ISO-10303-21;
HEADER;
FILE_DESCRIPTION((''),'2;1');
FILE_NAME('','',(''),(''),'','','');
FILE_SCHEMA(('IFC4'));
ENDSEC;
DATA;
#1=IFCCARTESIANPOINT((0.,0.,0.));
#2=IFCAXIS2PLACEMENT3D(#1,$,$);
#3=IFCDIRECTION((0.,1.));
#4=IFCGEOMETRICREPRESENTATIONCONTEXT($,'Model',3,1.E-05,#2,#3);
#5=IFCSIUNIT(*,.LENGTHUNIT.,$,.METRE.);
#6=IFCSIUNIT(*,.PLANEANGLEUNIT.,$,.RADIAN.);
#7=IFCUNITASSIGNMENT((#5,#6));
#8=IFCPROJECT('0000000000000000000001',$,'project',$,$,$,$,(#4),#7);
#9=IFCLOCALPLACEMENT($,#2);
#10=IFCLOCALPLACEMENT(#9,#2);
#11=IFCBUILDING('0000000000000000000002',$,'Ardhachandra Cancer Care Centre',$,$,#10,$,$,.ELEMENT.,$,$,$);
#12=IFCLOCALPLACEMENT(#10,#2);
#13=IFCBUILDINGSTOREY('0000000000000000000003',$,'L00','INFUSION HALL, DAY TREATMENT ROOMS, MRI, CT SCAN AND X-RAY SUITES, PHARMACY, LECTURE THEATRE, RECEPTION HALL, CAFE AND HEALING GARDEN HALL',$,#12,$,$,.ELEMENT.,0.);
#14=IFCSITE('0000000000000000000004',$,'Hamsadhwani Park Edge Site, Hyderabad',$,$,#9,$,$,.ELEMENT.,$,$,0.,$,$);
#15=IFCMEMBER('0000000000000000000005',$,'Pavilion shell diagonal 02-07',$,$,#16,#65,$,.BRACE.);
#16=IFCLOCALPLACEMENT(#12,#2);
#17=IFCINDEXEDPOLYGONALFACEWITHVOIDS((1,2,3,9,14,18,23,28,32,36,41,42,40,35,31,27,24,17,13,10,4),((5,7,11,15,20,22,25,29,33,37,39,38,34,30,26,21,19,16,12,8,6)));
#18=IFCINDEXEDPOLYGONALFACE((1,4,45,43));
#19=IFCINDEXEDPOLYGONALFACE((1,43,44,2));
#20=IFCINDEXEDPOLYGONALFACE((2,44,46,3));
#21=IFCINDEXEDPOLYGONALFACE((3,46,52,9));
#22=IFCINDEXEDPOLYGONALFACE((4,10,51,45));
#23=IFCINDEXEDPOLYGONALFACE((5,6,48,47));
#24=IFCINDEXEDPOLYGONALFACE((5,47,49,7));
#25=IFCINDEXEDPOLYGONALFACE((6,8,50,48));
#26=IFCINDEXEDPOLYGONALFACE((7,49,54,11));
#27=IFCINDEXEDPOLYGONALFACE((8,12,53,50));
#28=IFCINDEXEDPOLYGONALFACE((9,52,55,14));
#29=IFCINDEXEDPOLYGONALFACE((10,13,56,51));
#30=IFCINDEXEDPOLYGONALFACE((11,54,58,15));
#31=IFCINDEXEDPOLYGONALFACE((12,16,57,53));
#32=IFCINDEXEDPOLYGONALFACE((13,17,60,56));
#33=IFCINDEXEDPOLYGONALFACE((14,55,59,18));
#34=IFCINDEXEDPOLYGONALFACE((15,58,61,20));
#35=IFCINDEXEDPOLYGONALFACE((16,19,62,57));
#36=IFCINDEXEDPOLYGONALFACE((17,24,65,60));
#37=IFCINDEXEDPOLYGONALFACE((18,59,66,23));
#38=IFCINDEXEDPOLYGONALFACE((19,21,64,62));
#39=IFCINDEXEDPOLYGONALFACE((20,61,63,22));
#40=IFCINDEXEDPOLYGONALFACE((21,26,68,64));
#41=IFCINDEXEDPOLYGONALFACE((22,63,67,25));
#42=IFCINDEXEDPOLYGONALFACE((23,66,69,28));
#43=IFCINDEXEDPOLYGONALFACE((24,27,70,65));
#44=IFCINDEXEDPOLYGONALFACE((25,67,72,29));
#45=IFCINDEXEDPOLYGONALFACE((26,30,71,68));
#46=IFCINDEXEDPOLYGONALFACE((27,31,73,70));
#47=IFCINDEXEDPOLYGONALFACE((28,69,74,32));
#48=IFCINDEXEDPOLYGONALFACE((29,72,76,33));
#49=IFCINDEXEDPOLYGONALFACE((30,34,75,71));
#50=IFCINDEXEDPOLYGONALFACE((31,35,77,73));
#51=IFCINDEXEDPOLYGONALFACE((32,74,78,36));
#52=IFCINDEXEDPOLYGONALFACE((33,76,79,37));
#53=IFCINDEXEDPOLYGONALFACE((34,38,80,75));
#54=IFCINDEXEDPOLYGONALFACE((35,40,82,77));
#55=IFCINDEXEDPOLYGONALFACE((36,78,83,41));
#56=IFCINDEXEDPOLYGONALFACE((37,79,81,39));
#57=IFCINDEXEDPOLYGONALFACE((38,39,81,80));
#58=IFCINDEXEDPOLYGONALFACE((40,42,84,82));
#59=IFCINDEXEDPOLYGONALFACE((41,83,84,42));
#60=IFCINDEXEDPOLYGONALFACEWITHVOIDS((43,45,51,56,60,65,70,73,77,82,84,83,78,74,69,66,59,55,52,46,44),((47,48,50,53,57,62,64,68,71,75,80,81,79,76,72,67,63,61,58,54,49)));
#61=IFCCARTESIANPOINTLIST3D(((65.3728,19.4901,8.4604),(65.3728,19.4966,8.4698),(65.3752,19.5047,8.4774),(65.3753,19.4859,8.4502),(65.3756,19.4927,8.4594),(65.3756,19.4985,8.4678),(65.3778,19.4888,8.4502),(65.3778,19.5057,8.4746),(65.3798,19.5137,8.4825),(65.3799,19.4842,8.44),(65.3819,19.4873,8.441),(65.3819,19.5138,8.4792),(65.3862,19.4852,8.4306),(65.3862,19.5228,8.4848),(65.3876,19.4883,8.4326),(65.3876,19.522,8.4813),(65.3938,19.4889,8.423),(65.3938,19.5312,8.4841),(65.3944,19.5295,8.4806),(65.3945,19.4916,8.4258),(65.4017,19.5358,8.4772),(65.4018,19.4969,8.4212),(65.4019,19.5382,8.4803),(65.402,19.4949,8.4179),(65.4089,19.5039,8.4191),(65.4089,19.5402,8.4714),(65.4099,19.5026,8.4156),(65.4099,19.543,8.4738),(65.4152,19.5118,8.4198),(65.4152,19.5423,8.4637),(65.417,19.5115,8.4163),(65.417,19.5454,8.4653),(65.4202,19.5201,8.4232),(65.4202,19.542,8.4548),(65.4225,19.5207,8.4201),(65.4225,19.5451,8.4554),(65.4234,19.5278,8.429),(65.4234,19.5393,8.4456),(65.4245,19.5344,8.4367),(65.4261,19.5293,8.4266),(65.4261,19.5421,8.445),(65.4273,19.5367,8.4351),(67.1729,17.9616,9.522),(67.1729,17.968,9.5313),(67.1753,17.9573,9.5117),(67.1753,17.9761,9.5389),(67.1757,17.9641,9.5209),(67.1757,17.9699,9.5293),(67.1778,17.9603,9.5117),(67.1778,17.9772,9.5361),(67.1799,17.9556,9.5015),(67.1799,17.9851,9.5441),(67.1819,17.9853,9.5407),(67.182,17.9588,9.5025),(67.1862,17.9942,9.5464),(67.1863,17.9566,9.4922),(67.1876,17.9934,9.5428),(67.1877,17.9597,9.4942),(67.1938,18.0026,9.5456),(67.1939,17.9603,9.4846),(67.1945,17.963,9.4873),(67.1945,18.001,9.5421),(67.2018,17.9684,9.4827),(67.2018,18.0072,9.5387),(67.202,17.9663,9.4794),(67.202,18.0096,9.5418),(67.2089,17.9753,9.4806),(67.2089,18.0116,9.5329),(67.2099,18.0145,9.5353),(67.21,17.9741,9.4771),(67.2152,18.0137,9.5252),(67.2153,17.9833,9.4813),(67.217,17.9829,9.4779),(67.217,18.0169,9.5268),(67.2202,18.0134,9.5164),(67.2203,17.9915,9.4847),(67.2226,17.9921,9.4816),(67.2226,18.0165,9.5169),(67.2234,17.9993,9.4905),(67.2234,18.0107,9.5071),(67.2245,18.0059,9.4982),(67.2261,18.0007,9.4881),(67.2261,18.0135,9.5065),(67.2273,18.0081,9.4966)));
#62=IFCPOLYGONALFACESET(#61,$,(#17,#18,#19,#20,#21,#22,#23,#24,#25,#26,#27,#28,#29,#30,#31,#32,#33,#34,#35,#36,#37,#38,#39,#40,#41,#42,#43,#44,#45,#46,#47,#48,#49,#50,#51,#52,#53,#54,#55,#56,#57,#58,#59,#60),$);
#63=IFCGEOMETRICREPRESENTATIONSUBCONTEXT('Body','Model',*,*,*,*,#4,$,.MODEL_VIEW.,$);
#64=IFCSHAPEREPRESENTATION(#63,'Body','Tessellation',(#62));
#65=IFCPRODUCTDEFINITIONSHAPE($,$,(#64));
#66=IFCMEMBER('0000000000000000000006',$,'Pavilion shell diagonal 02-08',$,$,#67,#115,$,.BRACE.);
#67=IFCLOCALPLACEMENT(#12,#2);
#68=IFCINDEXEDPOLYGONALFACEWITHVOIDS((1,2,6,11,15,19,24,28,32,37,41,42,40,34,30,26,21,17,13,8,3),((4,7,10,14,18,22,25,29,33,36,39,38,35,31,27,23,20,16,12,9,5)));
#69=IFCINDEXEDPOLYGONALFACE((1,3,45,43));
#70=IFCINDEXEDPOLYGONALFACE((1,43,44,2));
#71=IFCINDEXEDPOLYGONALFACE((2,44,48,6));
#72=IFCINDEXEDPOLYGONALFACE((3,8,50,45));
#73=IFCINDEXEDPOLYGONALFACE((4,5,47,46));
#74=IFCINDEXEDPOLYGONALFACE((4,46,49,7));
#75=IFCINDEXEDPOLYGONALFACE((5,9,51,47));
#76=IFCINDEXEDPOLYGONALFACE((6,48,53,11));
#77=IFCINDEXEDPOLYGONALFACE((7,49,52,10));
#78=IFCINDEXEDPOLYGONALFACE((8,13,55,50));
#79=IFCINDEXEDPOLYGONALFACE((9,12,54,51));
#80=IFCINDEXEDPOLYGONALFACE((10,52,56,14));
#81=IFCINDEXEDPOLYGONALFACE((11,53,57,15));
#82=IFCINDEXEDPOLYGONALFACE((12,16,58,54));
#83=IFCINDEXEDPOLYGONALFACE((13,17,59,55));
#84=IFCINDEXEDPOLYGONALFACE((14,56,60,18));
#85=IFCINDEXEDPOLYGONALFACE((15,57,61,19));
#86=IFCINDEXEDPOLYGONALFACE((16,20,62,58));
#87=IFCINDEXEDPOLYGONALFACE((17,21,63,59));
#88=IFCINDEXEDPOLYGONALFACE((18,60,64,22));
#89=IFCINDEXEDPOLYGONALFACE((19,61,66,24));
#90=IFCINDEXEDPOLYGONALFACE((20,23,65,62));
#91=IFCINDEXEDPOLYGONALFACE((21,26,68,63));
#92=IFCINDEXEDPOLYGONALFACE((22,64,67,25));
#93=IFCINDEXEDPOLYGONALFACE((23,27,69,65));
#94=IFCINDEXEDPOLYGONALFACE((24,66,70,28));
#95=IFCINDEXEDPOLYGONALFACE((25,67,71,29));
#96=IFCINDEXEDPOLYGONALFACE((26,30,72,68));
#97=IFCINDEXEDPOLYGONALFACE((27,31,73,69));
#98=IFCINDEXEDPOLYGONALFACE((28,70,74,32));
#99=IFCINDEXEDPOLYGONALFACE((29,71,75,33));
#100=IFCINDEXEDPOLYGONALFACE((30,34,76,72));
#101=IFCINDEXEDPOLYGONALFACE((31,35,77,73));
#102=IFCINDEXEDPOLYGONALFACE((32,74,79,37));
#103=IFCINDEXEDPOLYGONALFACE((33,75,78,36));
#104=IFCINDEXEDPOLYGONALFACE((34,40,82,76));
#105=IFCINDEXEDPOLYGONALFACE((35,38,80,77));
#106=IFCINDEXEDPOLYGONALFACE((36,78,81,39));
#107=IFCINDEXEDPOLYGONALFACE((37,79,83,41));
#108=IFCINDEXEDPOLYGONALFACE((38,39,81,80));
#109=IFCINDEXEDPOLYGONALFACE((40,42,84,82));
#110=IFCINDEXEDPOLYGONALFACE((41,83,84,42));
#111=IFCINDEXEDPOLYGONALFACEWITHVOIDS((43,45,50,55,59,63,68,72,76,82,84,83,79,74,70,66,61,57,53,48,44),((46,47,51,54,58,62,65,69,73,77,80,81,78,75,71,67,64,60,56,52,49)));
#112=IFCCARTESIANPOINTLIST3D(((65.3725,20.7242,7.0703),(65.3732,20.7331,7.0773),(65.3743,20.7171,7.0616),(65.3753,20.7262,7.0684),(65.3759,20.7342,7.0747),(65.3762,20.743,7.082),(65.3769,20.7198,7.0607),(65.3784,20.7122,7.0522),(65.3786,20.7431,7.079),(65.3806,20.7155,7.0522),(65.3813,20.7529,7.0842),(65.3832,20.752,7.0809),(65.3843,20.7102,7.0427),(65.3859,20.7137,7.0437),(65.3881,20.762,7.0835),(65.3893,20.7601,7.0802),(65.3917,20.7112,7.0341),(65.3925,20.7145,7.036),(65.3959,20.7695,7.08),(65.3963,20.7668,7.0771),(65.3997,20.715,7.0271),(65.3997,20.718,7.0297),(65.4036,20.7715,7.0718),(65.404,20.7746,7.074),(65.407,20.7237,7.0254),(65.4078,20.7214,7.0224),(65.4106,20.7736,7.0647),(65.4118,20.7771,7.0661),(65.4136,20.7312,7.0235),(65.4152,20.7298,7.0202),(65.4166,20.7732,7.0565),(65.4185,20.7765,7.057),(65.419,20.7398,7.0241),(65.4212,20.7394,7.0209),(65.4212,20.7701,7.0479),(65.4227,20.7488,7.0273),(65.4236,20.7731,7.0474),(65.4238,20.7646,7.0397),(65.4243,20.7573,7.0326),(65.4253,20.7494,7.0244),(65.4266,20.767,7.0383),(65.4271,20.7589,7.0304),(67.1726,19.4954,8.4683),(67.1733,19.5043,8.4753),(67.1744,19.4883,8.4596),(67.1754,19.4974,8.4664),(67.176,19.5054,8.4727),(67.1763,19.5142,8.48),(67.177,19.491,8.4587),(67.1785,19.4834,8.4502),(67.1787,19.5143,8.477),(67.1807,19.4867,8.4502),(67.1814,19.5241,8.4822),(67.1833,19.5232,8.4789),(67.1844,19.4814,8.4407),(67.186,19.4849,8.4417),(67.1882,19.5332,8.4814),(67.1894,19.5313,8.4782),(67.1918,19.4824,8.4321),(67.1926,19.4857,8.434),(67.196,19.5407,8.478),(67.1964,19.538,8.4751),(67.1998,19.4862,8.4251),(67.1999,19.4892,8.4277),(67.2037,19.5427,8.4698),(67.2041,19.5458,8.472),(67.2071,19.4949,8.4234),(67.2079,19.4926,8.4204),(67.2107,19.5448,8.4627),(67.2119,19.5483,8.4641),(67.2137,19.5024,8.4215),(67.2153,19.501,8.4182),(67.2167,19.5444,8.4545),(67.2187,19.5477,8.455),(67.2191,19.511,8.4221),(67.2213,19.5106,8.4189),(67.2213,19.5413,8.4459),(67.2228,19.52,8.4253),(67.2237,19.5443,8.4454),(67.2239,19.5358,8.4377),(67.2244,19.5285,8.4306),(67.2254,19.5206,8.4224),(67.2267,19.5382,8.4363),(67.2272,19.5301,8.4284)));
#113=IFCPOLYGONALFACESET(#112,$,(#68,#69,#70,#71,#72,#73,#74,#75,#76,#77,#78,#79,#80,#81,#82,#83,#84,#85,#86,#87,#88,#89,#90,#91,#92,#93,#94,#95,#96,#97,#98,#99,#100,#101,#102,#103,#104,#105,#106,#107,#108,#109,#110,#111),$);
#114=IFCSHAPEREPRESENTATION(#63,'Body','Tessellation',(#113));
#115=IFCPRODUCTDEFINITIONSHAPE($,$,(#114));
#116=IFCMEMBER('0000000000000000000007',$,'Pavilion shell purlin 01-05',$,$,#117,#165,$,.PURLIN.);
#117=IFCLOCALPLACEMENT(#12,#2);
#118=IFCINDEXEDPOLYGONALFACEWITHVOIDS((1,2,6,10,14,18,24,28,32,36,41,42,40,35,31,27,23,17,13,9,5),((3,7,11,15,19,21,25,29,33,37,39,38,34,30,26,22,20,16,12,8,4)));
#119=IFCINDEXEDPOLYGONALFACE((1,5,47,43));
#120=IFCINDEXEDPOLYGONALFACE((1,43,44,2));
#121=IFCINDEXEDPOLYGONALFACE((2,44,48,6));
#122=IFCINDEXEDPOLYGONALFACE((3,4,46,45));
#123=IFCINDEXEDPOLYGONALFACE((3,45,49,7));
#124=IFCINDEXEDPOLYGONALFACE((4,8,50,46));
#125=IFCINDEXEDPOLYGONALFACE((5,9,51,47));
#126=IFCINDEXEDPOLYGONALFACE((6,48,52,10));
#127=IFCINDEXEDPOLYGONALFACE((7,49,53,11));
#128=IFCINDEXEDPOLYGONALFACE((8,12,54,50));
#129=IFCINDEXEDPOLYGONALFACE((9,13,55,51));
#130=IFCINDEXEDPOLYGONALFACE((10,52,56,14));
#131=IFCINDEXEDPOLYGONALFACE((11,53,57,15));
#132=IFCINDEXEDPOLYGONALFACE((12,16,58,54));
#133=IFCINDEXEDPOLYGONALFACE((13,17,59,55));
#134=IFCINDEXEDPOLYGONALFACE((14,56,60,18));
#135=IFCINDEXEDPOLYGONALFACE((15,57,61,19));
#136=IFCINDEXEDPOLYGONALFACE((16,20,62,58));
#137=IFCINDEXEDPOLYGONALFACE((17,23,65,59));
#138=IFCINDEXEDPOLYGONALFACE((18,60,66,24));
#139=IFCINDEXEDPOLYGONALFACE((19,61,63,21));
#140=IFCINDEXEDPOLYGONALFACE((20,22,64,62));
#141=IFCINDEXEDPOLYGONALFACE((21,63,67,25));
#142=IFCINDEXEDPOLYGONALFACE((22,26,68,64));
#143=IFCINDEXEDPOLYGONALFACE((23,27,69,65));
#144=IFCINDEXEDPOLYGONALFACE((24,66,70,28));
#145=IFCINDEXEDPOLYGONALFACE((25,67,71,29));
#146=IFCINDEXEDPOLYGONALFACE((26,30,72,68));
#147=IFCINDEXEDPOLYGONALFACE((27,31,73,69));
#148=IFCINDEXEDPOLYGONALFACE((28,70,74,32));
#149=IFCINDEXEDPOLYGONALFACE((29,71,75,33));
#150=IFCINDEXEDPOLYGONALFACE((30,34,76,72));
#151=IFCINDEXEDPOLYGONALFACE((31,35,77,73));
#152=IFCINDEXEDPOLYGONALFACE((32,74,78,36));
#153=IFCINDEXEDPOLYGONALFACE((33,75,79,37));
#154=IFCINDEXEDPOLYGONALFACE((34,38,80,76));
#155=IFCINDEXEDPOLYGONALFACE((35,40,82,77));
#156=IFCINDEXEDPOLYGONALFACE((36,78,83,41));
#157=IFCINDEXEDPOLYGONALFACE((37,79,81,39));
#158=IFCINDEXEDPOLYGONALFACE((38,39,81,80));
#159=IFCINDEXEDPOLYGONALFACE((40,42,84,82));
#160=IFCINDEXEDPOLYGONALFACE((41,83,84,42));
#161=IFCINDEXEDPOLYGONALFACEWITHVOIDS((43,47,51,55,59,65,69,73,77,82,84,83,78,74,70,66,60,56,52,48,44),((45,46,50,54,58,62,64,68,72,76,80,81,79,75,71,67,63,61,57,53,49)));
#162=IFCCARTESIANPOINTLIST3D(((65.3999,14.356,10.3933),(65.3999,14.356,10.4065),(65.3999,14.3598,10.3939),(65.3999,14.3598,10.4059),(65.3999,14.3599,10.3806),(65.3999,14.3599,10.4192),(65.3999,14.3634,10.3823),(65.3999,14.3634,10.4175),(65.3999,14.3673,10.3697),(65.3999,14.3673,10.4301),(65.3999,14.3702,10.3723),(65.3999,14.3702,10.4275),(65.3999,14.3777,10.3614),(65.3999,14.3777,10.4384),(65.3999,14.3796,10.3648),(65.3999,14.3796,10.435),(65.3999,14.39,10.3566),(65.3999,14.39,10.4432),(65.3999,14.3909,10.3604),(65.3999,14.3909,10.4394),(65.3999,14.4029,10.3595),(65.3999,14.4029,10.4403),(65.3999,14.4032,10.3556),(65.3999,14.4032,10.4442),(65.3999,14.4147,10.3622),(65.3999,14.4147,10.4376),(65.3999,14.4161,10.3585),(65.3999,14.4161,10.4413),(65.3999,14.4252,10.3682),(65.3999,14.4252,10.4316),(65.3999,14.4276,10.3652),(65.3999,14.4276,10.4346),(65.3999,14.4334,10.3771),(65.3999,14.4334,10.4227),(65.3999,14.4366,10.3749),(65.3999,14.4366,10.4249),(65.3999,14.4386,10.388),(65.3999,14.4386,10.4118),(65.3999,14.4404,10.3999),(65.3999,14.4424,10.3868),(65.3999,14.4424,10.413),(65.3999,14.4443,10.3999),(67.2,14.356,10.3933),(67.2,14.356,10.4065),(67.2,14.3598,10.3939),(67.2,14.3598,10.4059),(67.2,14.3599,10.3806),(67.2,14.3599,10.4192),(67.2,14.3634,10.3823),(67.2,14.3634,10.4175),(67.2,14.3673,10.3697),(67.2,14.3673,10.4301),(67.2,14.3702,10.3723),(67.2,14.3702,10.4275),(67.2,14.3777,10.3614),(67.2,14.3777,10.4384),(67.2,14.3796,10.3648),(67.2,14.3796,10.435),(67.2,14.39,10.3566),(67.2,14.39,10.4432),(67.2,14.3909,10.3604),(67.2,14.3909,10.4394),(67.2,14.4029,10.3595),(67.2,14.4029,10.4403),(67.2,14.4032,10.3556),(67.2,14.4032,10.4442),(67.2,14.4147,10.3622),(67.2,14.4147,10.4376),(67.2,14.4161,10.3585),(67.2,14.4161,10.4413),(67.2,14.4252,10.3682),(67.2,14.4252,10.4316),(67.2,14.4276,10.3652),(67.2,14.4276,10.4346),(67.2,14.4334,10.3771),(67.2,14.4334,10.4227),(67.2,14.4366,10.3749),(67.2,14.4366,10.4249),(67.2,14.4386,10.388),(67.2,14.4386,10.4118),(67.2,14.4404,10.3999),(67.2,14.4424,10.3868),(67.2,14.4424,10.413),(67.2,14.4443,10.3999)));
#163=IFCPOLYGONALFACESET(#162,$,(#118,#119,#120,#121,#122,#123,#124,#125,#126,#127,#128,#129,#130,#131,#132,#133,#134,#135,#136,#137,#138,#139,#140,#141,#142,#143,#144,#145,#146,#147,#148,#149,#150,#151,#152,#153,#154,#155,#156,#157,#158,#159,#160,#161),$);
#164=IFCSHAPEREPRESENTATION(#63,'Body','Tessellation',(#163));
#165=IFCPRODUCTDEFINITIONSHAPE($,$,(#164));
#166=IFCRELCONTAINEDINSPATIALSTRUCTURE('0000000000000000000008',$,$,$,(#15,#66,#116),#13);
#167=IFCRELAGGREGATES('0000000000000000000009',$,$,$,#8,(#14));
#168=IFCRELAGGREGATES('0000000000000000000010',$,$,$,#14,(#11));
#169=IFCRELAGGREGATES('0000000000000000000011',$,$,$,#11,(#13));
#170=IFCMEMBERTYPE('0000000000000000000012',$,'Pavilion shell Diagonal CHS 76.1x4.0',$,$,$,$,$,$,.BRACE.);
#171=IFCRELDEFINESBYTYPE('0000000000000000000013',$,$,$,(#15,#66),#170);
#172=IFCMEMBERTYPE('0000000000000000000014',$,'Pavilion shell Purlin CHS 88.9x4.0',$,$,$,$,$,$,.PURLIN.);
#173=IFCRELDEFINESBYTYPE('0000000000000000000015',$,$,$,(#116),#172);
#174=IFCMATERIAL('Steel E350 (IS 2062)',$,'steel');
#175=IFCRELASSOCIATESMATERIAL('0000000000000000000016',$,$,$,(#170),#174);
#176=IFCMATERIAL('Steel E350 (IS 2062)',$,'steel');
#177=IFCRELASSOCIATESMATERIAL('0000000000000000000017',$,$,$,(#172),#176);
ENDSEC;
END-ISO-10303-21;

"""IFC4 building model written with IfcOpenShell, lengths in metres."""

from ifc_helpers import new_model, si_unit, direction, frame, origin, origin_2d, place, context, subcontext, project, spatial, hollow_circle, extrude, material, material_profile, profile_set, type_object, element, save


model = new_model("IFC4")

# Units and contexts
model_context = context("Model", 3, precision=1e-05, world=origin(), true_north=direction((0.0, 1.0)))
body_context = subcontext(model_context, "Body", "Model", "MODEL_VIEW")
ifc_project = project(units=[si_unit("LENGTHUNIT", "METRE"), si_unit("PLANEANGLEUNIT", "RADIAN")], contexts=[model_context])

# Site, building, storey
site_placement = place(None, origin())
site = spatial("IfcSite", under=ifc_project, at=site_placement, Name="Hamsadhwani Park Edge Site, Hyderabad", CompositionType="ELEMENT", RefElevation=0.0)
building_placement = place(site_placement, origin())
building = spatial("IfcBuilding", under=site, at=building_placement, Name="Ardhachandra Cancer Care Centre", CompositionType="ELEMENT")
storey_placement = place(building_placement, origin())
storey = spatial("IfcBuildingStorey", under=building, at=storey_placement, Name="L00", Description="INFUSION HALL, DAY TREATMENT ROOMS, MRI, CT SCAN AND X-RAY SUITES, PHARMACY, LECTURE THEATRE, RECEPTION HALL, CAFE AND HEALING GARDEN HALL", CompositionType="ELEMENT", Elevation=0.0)

# Members
ifc_material_1 = material(Name="Steel E350 (IS 2062)", Category="steel")
ifc_material_profile_1 = material_profile(ifc_material_1, hollow_circle(Radius=0.0381, WallThickness=0.0039, at=origin_2d()), Name="CHS 76.1x4.0")
ifc_profile_set_1 = profile_set([ifc_material_profile_1], Name="Steel E350 (IS 2062)")
member_type_1 = type_object("IfcMemberType", Name="Pavilion shell Diagonal CHS 76.1x4.0", PredefinedType="BRACE", material=ifc_profile_set_1)
member_1_placement = place(storey_placement, frame((67.2, 17.9863, 9.5117), z_axis=(-0.695237, 0.590381, -0.409995), x_axis=(-0.647285, -0.762248, 0.0)))
element("IfcMember", 1, at=member_1_placement, inside=storey, type_object=member_type_1, Name="Pavilion shell diagonal 02-07", PredefinedType="BRACE", context=body_context, shape_type="SweptSolid", body=[
    extrude(hollow_circle(Radius=0.0381, WallThickness=0.0039, at=origin_2d()), origin(), (0.0, 0.0, 1.0), 2.5891),
])
member_2_placement = place(storey_placement, frame((67.2, 19.5149, 8.4502), z_axis=(-0.695197, 0.474559, -0.539902), x_axis=(-0.563792, -0.825917, 0.0)))
element("IfcMember", 2, at=member_2_placement, inside=storey, type_object=member_type_1, Name="Pavilion shell diagonal 02-08", PredefinedType="BRACE", context=body_context, shape_type="SweptSolid", body=[
    extrude(hollow_circle(Radius=0.0381, WallThickness=0.0039, at=origin_2d()), origin(), (0.0, 0.0, 1.0), 2.5894),
])
ifc_material_2 = material(Name="Steel E350 (IS 2062)", Category="steel")
ifc_material_profile_2 = material_profile(ifc_material_2, hollow_circle(Radius=0.0444, WallThickness=0.0039, at=origin_2d()), Name="CHS 88.9x4.0")
ifc_profile_set_2 = profile_set([ifc_material_profile_2], Name="Steel E350 (IS 2062)")
member_type_2 = type_object("IfcMemberType", Name="Pavilion shell Purlin CHS 88.9x4.0", PredefinedType="PURLIN", material=ifc_profile_set_2)
member_3_placement = place(storey_placement, frame((65.3999, 14.3999, 10.3999), z_axis=(1.0, 0.0, 0.0), x_axis=(0.0, 1.0, 0.0)))
element("IfcMember", 3, at=member_3_placement, inside=storey, type_object=member_type_2, Name="Pavilion shell purlin 01-05", PredefinedType="PURLIN", context=body_context, shape_type="SweptSolid", body=[
    extrude(hollow_circle(Radius=0.0444, WallThickness=0.0039, at=origin_2d()), origin(), (0.0, 0.0, 1.0), 1.8),
])

save(model, "model.ifc")
